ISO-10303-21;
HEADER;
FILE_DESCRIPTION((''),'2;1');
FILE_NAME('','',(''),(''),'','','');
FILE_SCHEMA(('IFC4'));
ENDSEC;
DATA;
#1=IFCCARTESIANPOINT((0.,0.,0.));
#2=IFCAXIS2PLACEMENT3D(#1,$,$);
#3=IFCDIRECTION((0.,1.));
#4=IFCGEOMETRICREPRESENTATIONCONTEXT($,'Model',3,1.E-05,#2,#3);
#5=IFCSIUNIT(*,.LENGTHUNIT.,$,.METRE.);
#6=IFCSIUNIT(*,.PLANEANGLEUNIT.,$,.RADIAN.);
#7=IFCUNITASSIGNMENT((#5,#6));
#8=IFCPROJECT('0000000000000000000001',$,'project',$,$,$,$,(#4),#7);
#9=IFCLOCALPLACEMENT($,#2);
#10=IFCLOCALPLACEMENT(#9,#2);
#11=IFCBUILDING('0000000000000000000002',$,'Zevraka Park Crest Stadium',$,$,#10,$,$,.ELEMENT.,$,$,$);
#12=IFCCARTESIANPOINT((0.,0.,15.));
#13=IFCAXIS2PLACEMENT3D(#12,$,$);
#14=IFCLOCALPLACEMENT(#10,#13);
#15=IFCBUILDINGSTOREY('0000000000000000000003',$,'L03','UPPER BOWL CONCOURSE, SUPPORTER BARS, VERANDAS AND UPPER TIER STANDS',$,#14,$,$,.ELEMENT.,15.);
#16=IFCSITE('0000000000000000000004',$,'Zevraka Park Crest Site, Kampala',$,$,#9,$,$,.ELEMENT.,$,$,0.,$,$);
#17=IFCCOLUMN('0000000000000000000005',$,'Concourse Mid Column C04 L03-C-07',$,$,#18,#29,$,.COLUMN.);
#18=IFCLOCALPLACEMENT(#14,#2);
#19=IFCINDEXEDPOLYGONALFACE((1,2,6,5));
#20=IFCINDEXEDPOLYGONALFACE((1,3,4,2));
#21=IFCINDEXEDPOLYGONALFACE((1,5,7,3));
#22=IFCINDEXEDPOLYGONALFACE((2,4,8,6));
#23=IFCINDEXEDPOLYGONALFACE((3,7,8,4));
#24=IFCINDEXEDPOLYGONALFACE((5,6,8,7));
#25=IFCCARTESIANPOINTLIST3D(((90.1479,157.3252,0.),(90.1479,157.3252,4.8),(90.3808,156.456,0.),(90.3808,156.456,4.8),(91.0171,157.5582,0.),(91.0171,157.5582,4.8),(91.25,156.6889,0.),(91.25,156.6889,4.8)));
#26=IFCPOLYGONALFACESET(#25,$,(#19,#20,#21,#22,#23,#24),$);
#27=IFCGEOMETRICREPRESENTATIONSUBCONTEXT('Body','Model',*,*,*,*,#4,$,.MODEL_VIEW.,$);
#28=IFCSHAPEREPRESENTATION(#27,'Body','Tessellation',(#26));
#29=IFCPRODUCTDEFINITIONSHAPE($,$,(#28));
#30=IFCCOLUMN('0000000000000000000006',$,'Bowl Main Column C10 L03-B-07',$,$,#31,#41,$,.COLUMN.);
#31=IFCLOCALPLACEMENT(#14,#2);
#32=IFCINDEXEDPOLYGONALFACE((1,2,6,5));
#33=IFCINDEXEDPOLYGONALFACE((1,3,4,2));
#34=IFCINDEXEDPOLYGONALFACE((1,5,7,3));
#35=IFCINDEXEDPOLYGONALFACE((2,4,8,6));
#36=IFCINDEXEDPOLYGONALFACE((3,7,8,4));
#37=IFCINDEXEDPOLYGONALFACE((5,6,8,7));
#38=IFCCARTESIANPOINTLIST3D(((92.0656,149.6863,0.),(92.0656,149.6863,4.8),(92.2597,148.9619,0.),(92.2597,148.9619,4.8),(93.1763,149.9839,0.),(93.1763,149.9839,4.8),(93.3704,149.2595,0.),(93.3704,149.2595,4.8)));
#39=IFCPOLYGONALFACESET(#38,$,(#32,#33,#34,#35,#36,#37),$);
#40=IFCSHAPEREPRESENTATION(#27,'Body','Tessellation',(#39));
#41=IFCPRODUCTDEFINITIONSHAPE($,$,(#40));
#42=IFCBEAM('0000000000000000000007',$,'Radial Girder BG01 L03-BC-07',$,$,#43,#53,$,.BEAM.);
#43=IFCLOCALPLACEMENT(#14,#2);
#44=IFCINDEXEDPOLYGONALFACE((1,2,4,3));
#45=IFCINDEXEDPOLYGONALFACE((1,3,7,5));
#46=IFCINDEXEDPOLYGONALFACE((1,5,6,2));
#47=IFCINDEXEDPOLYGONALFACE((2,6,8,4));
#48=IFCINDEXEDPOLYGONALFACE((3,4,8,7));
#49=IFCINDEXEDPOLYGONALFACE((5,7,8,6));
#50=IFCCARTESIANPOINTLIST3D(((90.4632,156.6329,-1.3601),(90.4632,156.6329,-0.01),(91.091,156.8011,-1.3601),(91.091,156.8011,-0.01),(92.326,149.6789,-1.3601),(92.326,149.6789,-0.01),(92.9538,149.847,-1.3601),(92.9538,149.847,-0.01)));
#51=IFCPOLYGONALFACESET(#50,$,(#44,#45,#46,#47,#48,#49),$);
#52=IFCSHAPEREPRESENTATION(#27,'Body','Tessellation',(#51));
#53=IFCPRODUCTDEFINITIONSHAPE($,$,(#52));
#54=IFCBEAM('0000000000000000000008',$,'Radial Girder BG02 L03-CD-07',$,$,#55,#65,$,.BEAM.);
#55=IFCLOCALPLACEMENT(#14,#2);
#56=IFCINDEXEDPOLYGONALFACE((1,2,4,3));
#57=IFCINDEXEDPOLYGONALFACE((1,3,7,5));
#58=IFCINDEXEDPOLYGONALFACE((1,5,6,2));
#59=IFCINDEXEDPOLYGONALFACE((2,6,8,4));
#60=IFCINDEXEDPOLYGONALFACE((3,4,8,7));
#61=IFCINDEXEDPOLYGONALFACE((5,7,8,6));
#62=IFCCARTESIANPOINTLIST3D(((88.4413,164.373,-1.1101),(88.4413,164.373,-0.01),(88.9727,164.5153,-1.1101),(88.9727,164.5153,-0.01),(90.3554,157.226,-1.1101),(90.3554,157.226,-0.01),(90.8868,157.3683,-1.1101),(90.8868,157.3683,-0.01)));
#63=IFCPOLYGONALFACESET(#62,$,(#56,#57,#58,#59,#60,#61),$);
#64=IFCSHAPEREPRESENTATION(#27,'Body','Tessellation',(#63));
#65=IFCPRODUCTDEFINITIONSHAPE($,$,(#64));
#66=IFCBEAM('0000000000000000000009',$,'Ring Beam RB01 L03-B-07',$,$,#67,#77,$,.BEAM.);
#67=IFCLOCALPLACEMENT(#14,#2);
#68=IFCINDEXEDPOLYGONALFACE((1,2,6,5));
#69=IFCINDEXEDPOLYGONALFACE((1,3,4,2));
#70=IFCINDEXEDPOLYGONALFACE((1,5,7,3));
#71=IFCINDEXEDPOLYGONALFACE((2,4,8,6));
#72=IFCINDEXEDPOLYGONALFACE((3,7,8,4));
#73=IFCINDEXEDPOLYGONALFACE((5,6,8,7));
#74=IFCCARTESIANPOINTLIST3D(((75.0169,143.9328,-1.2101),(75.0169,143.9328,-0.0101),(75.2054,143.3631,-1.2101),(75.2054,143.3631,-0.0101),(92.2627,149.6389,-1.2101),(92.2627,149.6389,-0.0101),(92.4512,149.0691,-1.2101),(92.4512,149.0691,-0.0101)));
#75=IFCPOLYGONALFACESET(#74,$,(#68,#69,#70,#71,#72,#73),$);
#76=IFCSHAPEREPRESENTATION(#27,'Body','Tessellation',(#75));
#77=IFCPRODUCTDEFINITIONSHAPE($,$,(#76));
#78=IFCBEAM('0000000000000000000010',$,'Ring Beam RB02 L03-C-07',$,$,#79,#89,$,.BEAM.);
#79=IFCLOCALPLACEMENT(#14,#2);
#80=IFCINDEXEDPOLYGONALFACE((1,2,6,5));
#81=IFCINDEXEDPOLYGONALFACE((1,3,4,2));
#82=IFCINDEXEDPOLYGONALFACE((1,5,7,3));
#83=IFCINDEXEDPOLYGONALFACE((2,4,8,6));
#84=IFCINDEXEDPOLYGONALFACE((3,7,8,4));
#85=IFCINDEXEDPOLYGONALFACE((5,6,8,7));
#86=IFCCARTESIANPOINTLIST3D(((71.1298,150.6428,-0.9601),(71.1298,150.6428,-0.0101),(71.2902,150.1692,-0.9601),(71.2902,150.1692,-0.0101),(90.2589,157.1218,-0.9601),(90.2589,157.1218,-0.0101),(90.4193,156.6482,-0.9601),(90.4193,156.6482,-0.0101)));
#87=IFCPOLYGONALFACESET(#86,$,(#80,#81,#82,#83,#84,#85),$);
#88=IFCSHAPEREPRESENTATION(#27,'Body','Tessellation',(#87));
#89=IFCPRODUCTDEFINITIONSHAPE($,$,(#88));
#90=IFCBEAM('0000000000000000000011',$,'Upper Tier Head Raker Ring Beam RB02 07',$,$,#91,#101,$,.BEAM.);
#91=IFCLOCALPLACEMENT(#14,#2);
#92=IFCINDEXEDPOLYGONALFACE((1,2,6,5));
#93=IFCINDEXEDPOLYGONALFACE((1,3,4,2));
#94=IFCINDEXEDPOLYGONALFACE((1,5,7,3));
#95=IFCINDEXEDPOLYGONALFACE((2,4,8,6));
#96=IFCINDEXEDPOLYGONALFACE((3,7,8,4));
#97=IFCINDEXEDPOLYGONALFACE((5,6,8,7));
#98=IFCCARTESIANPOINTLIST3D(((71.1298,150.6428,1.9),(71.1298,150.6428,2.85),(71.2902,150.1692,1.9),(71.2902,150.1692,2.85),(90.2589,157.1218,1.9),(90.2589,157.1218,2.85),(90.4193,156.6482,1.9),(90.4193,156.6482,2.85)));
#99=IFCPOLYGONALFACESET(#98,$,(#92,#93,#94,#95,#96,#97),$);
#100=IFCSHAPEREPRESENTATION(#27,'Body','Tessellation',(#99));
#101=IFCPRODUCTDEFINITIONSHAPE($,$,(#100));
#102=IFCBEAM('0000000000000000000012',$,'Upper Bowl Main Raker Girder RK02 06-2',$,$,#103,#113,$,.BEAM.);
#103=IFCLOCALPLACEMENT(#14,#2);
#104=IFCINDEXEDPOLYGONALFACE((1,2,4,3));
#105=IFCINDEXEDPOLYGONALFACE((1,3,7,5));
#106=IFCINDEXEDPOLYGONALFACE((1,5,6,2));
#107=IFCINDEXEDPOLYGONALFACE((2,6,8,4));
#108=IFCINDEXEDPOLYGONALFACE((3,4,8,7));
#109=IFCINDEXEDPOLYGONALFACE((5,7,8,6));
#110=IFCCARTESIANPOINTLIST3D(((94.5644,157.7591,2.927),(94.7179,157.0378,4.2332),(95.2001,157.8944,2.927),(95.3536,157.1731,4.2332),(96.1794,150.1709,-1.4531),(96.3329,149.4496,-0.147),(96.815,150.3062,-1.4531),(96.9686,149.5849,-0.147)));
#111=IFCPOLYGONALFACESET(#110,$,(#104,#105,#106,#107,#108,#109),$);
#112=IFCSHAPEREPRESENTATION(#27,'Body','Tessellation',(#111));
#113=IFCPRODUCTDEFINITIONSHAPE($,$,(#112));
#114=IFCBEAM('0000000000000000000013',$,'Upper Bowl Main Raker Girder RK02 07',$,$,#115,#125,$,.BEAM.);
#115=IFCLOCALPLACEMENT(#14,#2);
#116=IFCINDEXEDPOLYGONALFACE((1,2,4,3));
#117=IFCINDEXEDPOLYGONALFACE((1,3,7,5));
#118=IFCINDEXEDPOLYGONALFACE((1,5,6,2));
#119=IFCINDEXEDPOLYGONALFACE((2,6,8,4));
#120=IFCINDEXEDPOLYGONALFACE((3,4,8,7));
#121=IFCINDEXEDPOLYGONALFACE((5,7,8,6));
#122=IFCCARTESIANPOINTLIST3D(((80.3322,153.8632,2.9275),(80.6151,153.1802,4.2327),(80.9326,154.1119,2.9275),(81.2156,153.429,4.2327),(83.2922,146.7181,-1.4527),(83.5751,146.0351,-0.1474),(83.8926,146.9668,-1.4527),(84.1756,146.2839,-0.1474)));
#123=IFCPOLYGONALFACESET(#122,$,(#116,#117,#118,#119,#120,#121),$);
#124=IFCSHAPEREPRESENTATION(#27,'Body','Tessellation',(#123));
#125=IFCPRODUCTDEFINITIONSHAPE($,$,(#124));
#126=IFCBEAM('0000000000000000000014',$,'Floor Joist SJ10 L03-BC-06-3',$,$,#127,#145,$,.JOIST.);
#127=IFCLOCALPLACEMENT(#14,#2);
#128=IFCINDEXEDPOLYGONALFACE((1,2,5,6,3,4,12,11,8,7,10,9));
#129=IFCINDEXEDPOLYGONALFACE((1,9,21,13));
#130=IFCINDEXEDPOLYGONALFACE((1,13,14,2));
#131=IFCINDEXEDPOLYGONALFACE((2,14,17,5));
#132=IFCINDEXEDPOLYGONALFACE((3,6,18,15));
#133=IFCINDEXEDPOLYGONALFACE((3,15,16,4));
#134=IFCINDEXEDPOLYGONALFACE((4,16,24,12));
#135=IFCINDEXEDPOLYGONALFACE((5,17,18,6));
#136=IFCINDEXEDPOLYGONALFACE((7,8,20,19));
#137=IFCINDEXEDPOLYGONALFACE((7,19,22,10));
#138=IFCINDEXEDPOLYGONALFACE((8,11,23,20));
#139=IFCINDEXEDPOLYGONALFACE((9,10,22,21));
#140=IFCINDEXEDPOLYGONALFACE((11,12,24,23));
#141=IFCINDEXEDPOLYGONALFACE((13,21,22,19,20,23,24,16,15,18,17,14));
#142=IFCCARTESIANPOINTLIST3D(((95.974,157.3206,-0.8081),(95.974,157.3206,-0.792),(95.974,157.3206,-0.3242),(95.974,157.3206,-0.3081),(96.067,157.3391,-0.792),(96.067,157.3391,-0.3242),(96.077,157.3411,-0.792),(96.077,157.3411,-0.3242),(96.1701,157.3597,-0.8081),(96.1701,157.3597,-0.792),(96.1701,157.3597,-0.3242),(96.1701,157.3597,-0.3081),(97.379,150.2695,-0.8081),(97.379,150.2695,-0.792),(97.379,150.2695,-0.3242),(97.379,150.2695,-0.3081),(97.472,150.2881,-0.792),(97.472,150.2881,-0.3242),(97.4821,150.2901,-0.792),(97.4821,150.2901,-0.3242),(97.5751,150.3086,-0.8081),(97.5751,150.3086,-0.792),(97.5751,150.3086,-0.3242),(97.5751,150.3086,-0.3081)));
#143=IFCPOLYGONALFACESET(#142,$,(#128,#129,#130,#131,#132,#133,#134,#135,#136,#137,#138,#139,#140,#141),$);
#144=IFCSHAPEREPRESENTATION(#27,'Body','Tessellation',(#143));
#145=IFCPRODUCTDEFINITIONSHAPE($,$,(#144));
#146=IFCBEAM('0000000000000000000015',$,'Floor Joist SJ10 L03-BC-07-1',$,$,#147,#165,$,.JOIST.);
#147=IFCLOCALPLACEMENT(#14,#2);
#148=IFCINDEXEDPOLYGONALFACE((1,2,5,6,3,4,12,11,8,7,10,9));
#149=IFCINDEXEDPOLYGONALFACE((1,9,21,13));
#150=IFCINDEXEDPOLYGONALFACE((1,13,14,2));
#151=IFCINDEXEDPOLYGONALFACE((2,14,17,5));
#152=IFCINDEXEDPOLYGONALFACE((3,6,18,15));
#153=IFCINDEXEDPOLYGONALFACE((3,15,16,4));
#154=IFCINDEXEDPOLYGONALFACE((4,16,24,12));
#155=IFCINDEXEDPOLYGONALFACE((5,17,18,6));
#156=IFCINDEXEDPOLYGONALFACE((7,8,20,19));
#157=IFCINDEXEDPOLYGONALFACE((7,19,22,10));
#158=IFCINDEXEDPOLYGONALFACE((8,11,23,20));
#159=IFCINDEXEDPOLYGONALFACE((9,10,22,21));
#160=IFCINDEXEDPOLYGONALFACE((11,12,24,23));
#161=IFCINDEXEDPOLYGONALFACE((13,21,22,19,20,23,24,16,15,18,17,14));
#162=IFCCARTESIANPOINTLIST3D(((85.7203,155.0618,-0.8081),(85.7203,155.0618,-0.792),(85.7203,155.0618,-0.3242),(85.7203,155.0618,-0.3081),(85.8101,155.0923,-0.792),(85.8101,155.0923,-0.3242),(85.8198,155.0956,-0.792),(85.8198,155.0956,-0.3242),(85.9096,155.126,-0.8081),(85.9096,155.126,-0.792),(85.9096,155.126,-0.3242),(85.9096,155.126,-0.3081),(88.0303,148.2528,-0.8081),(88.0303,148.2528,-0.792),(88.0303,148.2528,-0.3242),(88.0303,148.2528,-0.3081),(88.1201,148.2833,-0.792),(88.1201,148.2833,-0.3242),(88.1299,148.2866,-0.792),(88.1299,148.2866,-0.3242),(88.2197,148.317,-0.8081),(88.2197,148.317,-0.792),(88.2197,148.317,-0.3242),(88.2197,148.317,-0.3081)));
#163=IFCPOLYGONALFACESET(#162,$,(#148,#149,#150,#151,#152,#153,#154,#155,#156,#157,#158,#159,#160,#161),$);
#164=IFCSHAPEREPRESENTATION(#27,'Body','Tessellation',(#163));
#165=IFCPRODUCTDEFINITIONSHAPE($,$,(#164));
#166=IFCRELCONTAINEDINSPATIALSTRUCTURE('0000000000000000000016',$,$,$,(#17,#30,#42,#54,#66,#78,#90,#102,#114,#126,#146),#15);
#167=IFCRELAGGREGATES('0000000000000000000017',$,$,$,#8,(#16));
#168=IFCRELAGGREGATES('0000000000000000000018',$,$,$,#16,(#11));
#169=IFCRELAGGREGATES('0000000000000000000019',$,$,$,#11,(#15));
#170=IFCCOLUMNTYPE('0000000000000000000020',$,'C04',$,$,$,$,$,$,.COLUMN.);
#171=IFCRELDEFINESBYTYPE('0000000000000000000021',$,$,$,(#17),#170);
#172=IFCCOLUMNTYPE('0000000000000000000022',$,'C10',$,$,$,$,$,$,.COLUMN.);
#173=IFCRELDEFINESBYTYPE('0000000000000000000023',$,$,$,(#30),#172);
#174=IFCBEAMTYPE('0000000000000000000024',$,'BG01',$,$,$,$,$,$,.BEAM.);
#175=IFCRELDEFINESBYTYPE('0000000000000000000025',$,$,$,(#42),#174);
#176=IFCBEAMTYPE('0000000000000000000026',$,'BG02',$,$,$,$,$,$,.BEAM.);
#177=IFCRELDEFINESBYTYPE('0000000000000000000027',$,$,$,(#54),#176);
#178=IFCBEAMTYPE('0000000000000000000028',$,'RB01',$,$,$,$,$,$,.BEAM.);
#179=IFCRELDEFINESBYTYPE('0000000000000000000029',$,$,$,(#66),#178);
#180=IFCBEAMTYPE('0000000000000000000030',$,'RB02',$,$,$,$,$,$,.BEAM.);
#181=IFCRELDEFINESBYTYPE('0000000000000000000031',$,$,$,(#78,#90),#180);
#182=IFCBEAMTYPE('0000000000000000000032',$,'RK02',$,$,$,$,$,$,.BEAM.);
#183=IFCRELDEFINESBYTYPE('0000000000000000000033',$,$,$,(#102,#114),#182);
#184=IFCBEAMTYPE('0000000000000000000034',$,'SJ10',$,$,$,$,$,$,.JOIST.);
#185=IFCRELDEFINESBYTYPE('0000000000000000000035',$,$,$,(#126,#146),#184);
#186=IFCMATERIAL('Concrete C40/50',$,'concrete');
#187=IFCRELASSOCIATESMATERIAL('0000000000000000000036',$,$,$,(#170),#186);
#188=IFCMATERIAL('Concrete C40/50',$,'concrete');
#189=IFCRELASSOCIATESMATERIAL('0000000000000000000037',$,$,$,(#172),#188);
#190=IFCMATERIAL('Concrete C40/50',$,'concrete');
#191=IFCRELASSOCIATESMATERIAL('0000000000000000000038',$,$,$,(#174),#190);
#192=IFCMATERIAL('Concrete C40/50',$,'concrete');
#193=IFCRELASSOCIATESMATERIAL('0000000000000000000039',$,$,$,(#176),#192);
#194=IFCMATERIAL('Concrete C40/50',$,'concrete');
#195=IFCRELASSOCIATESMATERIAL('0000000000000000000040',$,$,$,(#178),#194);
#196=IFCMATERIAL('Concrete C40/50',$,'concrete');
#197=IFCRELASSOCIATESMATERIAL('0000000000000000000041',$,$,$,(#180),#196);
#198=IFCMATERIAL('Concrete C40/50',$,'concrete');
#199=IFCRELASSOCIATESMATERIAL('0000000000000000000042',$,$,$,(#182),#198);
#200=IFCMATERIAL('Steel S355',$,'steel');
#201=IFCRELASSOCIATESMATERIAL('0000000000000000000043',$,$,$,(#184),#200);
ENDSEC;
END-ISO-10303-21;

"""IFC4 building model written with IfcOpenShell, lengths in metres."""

from ifc_helpers import new_model, si_unit, direction, frame, origin, origin_2d, place, context, subcontext, project, spatial, rectangle, i_section, extrude, material, material_profile, profile_set, type_object, element, save


model = new_model("IFC4")

# Units and contexts
model_context = context("Model", 3, precision=1e-05, world=origin(), true_north=direction((0.0, 1.0)))
body_context = subcontext(model_context, "Body", "Model", "MODEL_VIEW")
ifc_project = project(units=[si_unit("LENGTHUNIT", "METRE"), si_unit("PLANEANGLEUNIT", "RADIAN")], contexts=[model_context])

# Site, building, storey
site_placement = place(None, origin())
site = spatial("IfcSite", under=ifc_project, at=site_placement, Name="Zevraka Park Crest Site, Kampala", CompositionType="ELEMENT", RefElevation=0.0)
building_placement = place(site_placement, origin())
building = spatial("IfcBuilding", under=site, at=building_placement, Name="Zevraka Park Crest Stadium", CompositionType="ELEMENT")
storey_placement = place(building_placement, frame((0.0, 0.0, 15.0)))
storey = spatial("IfcBuildingStorey", under=building, at=storey_placement, Name="L03", Description="UPPER BOWL CONCOURSE, SUPPORTER BARS, VERANDAS AND UPPER TIER STANDS", CompositionType="ELEMENT", Elevation=15.0)

# Columns
ifc_material_1 = material(Name="Concrete C40/50", Category="concrete")
ifc_material_profile_1 = material_profile(ifc_material_1, rectangle(XDim=0.8999, YDim=0.8999, at=origin_2d()), Name="RC 900x900")
ifc_profile_set_1 = profile_set([ifc_material_profile_1], Name="Concrete C40/50")
column_type_1 = type_object("IfcColumnType", Name="C04", PredefinedType="COLUMN", material=ifc_profile_set_1)
column_1_placement = place(storey_placement, frame((90.699, 157.0071, 0.0), z_axis=(0.0, 0.0, 1.0), x_axis=(-0.258819, 0.965926, 0.0)))
element("IfcColumn", 1, at=column_1_placement, inside=storey, type_object=column_type_1, Name="Concourse Mid Column C04 L03-C-07", PredefinedType="COLUMN", context=body_context, shape_type="SweptSolid", body=[
    extrude(rectangle(XDim=0.8999, YDim=0.8999, at=origin_2d()), origin(), (0.0, 0.0, 1.0), 4.8),
])
ifc_material_2 = material(Name="Concrete C40/50", Category="concrete")
ifc_material_profile_2 = material_profile(ifc_material_2, rectangle(XDim=0.75, YDim=1.1499, at=origin_2d()), Name="RC 1150x750")
ifc_profile_set_2 = profile_set([ifc_material_profile_2], Name="Concrete C40/50")
column_type_2 = type_object("IfcColumnType", Name="C10", PredefinedType="COLUMN", material=ifc_profile_set_2)
column_2_placement = place(storey_placement, frame((92.718, 149.4729, 0.0), z_axis=(0.0, 0.0, 1.0), x_axis=(-0.258819, 0.965926, 0.0)))
element("IfcColumn", 2, at=column_2_placement, inside=storey, type_object=column_type_2, Name="Bowl Main Column C10 L03-B-07", PredefinedType="COLUMN", context=body_context, shape_type="SweptSolid", body=[
    extrude(rectangle(XDim=0.75, YDim=1.1499, at=origin_2d()), origin(), (0.0, 0.0, 1.0), 4.8),
])

# Beams
ifc_material_3 = material(Name="Concrete C40/50", Category="concrete")
ifc_material_profile_3 = material_profile(ifc_material_3, rectangle(XDim=0.6499, YDim=1.3501, at=origin_2d()), Name="RC 1350x650")
ifc_profile_set_3 = profile_set([ifc_material_profile_3], Name="Concrete C40/50")
beam_type_1 = type_object("IfcBeamType", Name="BG01", PredefinedType="BEAM", material=ifc_profile_set_3)
beam_1_placement = place(storey_placement, frame((92.6399, 149.7629, -0.6851), z_axis=(-0.258747, 0.965945, 0.0), x_axis=(-0.965945, -0.258747, 0.0)))
element("IfcBeam", 3, at=beam_1_placement, inside=storey, type_object=beam_type_1, Name="Radial Girder BG01 L03-BC-07", PredefinedType="BEAM", context=body_context, shape_type="SweptSolid", body=[
    extrude(rectangle(XDim=0.6499, YDim=1.3501, at=origin_2d()), origin(), (0.0, 0.0, 1.0), 7.1992),
])
ifc_material_4 = material(Name="Concrete C40/50", Category="concrete")
ifc_material_profile_4 = material_profile(ifc_material_4, rectangle(XDim=0.55, YDim=1.1001, at=origin_2d()), Name="RC 1100x550")
ifc_profile_set_4 = profile_set([ifc_material_profile_4], Name="Concrete C40/50")
beam_type_2 = type_object("IfcBeamType", Name="BG02", PredefinedType="BEAM", material=ifc_profile_set_4)
beam_2_placement = place(storey_placement, frame((90.6211, 157.2971, -0.5601), z_axis=(-0.258698, 0.965958, 0.0), x_axis=(-0.965958, -0.258698, 0.0)))
element("IfcBeam", 4, at=beam_2_placement, inside=storey, type_object=beam_type_2, Name="Radial Girder BG02 L03-CD-07", PredefinedType="BEAM", context=body_context, shape_type="SweptSolid", body=[
    extrude(rectangle(XDim=0.55, YDim=1.1001, at=origin_2d()), origin(), (0.0, 0.0, 1.0), 7.3989),
])
ifc_material_5 = material(Name="Concrete C40/50", Category="concrete")
ifc_material_profile_5 = material_profile(ifc_material_5, rectangle(XDim=0.6001, YDim=1.2, at=origin_2d()), Name="RC 1200x600")
ifc_profile_set_5 = profile_set([ifc_material_profile_5], Name="Concrete C40/50")
beam_type_3 = type_object("IfcBeamType", Name="RB01", PredefinedType="BEAM", material=ifc_profile_set_5)
beam_3_placement = place(storey_placement, frame((92.3569, 149.354, -0.6101), z_axis=(-0.949384, -0.314118, 0.0), x_axis=(0.314118, -0.949384, 0.0)))
element("IfcBeam", 5, at=beam_3_placement, inside=storey, type_object=beam_type_3, Name="Ring Beam RB01 L03-B-07", PredefinedType="BEAM", context=body_context, shape_type="SweptSolid", body=[
    extrude(rectangle(XDim=0.6001, YDim=1.2, at=origin_2d()), origin(), (0.0, 0.0, 1.0), 18.1653),
])
ifc_material_6 = material(Name="Concrete C40/50", Category="concrete")
ifc_material_profile_6 = material_profile(ifc_material_6, rectangle(XDim=0.5, YDim=0.95, at=origin_2d()), Name="RC 950x500")
ifc_profile_set_6 = profile_set([ifc_material_profile_6], Name="Concrete C40/50")
beam_type_4 = type_object("IfcBeamType", Name="RB02", PredefinedType="BEAM", material=ifc_profile_set_6)
for number, where, z_axis, x_axis, name in (
    (6, (90.3391, 156.885, -0.4851), (-0.947148, -0.320797, 0.0), (0.320797, -0.947148, 0.0), "Ring Beam RB02 L03-C-07"),
    (7, (90.3391, 156.885, 2.375), (-0.947148, -0.320797, 0.0), (0.320797, -0.947148, 0.0), "Upper Tier Head Raker Ring Beam RB02 07"),
):
    element("IfcBeam", number, at=place(storey_placement, frame(where, z_axis=z_axis, x_axis=x_axis)), inside=storey, type_object=beam_type_4, Name=name, PredefinedType="BEAM", context=body_context, shape_type="SweptSolid", body=[
        extrude(rectangle(XDim=0.5, YDim=0.95, at=origin_2d()), origin(), (0.0, 0.0, 1.0), 20.1965),
    ])
ifc_material_7 = material(Name="Concrete C40/50", Category="concrete")
ifc_material_profile_7 = material_profile(ifc_material_7, rectangle(XDim=0.6499, YDim=1.5, at=origin_2d()), Name="RC 1500x650")
ifc_profile_set_7 = profile_set([ifc_material_profile_7], Name="Concrete C40/50")
beam_type_5 = type_object("IfcBeamType", Name="RK02", PredefinedType="BEAM", material=ifc_profile_set_7)
beam_4_placement = place(storey_placement, frame((96.574, 149.8779, -0.8), z_axis=(-0.181273, 0.851721, 0.491642), x_axis=(-0.978093, -0.208168, 0.0)))
element("IfcBeam", 8, at=beam_4_placement, inside=storey, type_object=beam_type_5, Name="Upper Bowl Main Raker Girder RK02 06-2", PredefinedType="BEAM", context=body_context, shape_type="SweptSolid", body=[
    extrude(rectangle(XDim=0.6499, YDim=1.5, at=origin_2d()), origin(), (0.0, 0.0, 1.0), 8.9092),
])
beam_5_placement = place(storey_placement, frame((83.7339, 146.501, -0.8), z_axis=(-0.333025, 0.803887, 0.492808), x_axis=(-0.923861, -0.382727, 0.0)))
element("IfcBeam", 9, at=beam_5_placement, inside=storey, type_object=beam_type_5, Name="Upper Bowl Main Raker Girder RK02 07", PredefinedType="BEAM", context=body_context, shape_type="SweptSolid", body=[
    extrude(rectangle(XDim=0.6499, YDim=1.5, at=origin_2d()), origin(), (0.0, 0.0, 1.0), 8.8882),
])
ifc_material_8 = material(Name="Steel S355", Category="steel")
ifc_material_profile_8 = material_profile(ifc_material_8, i_section(OverallWidth=0.2, OverallDepth=0.5, WebThickness=0.0103, FlangeThickness=0.0161, at=origin_2d()), Name="IPE 500")
ifc_profile_set_8 = profile_set([ifc_material_profile_8], Name="Steel S355")
beam_type_6 = type_object("IfcBeamType", Name="SJ10", PredefinedType="JOIST", material=ifc_profile_set_8)
beam_6_placement = place(storey_placement, frame((97.4771, 150.2891, -0.5581), z_axis=(-0.195424, 0.980719, 0.0), x_axis=(-0.980719, -0.195424, 0.0)))
element("IfcBeam", 10, at=beam_6_placement, inside=storey, type_object=beam_type_6, Name="Floor Joist SJ10 L03-BC-06-3", PredefinedType="JOIST", context=body_context, shape_type="SweptSolid", body=[
    extrude(i_section(OverallWidth=0.2, OverallDepth=0.5, WebThickness=0.0103, FlangeThickness=0.0161, at=origin_2d()), origin(), (0.0, 0.0, 1.0), 7.1897),
])
beam_7_placement = place(storey_placement, frame((88.125, 148.2849, -0.5581), z_axis=(-0.321276, 0.946986, 0.0), x_axis=(-0.946986, -0.321276, 0.0)))
element("IfcBeam", 11, at=beam_7_placement, inside=storey, type_object=beam_type_6, Name="Floor Joist SJ10 L03-BC-07-1", PredefinedType="JOIST", context=body_context, shape_type="SweptSolid", body=[
    extrude(i_section(OverallWidth=0.2, OverallDepth=0.5, WebThickness=0.0103, FlangeThickness=0.0161, at=origin_2d()), origin(), (0.0, 0.0, 1.0), 7.1902),
])

save(model, "model.ifc")
